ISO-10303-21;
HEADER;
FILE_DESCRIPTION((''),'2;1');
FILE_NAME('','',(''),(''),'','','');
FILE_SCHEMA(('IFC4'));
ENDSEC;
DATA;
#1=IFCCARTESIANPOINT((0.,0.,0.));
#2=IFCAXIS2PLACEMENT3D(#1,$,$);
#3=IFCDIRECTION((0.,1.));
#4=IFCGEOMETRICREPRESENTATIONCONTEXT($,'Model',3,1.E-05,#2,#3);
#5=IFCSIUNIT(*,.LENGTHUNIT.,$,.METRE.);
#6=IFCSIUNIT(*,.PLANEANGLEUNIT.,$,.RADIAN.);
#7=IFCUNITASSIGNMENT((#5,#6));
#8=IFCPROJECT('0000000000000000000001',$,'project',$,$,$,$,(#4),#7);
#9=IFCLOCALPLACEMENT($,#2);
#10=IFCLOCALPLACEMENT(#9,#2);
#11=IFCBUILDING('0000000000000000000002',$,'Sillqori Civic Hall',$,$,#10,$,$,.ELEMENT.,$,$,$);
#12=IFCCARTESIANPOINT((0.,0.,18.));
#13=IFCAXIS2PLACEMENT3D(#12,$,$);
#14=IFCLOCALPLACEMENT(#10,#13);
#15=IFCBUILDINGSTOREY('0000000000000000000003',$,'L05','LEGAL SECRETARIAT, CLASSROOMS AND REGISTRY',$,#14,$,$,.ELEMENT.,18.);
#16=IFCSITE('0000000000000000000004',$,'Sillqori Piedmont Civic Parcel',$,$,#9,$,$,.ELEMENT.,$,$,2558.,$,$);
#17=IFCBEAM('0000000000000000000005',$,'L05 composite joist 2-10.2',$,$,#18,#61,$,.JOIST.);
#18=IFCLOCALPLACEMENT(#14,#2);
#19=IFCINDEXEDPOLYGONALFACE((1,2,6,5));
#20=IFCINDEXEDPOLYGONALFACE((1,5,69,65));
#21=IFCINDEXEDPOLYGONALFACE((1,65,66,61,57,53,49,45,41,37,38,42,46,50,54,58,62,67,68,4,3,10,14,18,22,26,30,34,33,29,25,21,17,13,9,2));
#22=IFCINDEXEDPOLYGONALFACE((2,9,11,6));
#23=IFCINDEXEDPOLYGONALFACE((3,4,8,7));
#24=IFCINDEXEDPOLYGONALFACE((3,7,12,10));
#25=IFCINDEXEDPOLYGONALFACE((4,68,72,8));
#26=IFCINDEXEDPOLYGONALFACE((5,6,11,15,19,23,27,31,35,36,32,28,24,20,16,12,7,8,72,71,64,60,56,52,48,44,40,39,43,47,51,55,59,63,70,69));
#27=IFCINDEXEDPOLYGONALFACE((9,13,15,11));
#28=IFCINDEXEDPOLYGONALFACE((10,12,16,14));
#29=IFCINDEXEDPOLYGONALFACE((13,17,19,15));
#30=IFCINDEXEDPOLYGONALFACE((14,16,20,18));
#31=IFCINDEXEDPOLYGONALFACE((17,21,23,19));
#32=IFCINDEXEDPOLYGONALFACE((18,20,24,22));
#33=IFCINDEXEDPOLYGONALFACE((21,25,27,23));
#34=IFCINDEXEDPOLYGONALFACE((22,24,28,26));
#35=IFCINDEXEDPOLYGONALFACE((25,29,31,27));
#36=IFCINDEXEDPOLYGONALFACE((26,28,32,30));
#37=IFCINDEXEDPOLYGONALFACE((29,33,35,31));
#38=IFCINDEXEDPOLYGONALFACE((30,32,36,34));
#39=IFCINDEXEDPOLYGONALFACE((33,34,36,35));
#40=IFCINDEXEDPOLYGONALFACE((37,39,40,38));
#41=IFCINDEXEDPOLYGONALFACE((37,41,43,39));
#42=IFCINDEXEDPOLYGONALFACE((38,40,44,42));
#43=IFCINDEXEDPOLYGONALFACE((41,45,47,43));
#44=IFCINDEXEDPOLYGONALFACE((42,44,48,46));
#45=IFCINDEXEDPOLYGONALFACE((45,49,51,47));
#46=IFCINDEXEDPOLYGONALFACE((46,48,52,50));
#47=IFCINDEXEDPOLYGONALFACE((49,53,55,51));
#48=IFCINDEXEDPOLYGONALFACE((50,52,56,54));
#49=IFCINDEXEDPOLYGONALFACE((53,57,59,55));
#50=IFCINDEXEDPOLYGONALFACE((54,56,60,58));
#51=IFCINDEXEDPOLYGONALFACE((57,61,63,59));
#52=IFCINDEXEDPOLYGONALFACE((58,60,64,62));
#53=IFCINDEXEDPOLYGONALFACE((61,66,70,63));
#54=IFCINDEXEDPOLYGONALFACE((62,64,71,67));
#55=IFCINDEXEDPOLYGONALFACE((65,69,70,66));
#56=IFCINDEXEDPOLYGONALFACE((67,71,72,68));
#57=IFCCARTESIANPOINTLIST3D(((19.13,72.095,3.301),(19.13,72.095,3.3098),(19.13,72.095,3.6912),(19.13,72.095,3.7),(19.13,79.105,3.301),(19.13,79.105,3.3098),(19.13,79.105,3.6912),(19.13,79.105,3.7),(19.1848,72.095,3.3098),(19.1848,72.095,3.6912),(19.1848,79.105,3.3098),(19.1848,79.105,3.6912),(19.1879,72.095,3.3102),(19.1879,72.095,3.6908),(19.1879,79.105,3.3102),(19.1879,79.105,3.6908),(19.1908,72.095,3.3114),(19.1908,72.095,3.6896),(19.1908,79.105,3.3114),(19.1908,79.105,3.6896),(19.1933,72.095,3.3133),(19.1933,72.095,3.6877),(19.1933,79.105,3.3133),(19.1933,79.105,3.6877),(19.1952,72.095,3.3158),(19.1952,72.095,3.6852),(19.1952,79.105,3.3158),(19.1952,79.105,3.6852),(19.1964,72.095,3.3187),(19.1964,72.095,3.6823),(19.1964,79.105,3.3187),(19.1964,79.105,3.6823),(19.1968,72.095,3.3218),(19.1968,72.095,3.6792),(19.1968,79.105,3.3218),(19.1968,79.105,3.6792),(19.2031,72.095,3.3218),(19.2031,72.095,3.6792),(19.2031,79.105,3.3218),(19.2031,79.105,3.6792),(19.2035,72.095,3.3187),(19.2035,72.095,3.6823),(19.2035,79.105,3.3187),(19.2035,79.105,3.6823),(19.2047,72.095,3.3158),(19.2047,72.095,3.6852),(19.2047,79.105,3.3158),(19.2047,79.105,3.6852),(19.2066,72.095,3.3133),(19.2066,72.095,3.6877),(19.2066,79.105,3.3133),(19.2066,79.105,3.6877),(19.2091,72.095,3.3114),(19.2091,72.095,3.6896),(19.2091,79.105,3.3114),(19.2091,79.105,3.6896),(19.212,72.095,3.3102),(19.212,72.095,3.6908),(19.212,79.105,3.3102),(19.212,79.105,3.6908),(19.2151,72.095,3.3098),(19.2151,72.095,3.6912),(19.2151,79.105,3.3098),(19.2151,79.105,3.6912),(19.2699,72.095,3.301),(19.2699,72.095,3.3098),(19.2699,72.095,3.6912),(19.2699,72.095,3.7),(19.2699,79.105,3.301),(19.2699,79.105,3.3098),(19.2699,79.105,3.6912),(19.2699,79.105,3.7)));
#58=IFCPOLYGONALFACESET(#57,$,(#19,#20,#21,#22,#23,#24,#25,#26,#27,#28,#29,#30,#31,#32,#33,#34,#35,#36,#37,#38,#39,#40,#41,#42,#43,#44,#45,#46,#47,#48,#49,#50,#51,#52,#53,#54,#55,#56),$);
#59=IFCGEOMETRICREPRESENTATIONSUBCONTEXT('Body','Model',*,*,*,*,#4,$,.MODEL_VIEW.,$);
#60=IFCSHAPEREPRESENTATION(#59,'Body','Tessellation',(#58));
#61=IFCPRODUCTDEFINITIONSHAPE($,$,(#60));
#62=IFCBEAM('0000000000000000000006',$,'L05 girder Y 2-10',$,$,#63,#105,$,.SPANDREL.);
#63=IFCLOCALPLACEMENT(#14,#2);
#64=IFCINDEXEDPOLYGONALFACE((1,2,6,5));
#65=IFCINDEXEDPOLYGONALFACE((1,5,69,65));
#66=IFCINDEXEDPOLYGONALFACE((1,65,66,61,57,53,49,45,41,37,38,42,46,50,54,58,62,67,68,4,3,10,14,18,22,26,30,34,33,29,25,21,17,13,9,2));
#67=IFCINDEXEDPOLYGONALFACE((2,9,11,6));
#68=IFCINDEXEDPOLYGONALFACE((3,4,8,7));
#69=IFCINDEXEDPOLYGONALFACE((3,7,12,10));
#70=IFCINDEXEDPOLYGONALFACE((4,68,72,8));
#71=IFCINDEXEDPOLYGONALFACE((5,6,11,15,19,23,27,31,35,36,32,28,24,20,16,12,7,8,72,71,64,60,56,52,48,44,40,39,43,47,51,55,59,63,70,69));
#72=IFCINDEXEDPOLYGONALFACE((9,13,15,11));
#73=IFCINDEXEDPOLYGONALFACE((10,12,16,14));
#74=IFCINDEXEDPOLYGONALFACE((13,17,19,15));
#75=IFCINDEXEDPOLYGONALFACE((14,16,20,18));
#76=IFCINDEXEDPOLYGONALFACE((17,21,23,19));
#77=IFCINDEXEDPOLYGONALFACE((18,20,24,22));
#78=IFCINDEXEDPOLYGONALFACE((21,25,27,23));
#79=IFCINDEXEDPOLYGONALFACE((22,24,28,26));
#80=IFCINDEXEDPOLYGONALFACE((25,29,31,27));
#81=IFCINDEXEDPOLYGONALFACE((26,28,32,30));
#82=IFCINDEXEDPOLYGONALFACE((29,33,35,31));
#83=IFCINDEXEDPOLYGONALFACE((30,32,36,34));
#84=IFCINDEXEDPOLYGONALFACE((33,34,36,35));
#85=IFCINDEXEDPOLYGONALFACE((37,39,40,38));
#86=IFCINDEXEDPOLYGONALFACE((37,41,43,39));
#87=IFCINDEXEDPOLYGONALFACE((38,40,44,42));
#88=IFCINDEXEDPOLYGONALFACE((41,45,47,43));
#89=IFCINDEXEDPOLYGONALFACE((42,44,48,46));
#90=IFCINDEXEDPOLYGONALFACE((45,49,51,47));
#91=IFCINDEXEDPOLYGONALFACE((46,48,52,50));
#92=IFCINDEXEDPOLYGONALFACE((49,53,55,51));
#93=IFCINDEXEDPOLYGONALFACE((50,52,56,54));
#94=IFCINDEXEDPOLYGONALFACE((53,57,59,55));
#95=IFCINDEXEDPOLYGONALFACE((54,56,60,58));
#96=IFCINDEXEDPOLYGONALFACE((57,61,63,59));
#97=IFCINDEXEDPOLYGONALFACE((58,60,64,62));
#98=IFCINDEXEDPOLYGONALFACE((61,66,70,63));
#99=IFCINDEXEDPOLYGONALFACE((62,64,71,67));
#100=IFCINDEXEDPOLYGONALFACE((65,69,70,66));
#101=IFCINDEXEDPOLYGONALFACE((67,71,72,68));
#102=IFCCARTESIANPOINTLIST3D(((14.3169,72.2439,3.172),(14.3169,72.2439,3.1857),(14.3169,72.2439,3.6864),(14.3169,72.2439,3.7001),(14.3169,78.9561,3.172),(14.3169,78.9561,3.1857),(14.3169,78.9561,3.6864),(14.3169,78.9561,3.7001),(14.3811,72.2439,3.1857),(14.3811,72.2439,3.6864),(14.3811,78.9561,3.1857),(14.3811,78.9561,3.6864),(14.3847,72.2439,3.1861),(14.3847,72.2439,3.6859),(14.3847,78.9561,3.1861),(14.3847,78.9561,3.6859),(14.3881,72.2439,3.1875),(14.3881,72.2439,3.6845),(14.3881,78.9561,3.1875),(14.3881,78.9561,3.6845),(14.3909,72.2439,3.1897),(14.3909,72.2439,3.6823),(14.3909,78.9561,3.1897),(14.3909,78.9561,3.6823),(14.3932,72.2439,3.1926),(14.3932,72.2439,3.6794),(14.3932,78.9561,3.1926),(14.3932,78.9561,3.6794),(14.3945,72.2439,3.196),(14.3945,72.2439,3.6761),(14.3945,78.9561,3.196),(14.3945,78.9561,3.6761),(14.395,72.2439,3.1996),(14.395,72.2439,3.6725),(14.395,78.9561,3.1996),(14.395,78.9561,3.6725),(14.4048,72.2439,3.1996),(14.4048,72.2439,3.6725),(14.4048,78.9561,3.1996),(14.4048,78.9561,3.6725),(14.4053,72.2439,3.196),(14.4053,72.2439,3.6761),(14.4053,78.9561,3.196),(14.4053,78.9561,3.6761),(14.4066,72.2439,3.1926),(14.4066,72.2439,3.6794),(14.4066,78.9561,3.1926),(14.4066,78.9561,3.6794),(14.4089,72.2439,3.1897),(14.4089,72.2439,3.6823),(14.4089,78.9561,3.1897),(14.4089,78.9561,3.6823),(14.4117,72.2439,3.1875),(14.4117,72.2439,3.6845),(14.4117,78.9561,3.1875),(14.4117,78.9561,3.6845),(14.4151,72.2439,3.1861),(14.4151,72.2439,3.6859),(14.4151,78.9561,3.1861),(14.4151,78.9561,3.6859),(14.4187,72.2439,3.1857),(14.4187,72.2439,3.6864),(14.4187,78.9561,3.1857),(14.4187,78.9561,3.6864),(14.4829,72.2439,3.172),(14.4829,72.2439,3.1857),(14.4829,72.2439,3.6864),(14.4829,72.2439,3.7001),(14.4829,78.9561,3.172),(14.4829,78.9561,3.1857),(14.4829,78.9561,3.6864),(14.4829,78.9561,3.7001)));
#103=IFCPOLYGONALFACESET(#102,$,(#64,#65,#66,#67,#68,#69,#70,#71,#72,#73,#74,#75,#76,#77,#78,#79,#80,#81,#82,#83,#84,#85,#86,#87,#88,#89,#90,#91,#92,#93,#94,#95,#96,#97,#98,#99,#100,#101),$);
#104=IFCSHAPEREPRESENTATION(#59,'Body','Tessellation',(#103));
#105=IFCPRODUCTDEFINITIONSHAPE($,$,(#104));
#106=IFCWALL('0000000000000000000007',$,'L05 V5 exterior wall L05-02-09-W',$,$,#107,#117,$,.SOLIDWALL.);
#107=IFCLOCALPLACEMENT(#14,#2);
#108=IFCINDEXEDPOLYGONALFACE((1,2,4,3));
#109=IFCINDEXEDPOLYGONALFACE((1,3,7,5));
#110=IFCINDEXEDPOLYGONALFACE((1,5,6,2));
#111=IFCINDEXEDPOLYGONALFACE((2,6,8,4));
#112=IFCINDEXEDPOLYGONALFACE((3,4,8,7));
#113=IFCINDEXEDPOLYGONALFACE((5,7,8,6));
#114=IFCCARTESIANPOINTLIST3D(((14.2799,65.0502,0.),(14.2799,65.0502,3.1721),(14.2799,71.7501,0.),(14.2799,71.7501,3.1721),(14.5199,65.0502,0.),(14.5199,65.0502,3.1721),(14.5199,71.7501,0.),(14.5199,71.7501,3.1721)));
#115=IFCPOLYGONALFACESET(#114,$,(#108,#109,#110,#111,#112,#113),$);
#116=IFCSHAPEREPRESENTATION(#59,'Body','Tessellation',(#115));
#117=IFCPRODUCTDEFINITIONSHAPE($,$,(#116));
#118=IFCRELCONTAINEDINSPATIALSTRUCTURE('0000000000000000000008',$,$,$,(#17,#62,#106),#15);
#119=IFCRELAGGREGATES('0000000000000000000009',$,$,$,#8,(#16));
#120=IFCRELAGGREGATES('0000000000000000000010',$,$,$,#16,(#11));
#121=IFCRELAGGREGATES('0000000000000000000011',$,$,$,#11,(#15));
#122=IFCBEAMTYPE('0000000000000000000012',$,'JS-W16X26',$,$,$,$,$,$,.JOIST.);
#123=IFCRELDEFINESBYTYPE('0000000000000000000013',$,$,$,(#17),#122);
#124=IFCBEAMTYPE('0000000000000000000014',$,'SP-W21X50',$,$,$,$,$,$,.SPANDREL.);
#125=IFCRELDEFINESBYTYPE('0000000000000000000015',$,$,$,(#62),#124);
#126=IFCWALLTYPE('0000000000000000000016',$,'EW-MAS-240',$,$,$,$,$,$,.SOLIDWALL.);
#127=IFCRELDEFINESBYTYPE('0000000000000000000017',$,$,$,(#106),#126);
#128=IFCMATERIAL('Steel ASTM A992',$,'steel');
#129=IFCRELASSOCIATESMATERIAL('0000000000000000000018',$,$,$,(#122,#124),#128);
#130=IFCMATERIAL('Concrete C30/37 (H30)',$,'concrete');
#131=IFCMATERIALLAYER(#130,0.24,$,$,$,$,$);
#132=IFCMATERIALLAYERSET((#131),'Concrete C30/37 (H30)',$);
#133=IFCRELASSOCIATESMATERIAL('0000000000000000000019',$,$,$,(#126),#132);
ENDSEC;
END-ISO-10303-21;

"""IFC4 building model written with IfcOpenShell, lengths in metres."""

from ifc_helpers import new_model, si_unit, direction, frame, frame_2d, origin, origin_2d, place, context, subcontext, project, spatial, rectangle, i_section, extrude, material, layer, layer_set, material_profile, profile_set, type_object, element, save


model = new_model("IFC4")

# Units and contexts
model_context = context("Model", 3, precision=1e-05, world=origin(), true_north=direction((0.0, 1.0)))
body_context = subcontext(model_context, "Body", "Model", "MODEL_VIEW")
ifc_project = project(units=[si_unit("LENGTHUNIT", "METRE"), si_unit("PLANEANGLEUNIT", "RADIAN")], contexts=[model_context])

# Site, building, storey
site_placement = place(None, origin())
site = spatial("IfcSite", under=ifc_project, at=site_placement, Name="Sillqori Piedmont Civic Parcel", CompositionType="ELEMENT", RefElevation=2558.0)
building_placement = place(site_placement, origin())
building = spatial("IfcBuilding", under=site, at=building_placement, Name="Sillqori Civic Hall", CompositionType="ELEMENT")
storey_placement = place(building_placement, frame((0.0, 0.0, 18.0)))
storey = spatial("IfcBuildingStorey", under=building, at=storey_placement, Name="L05", Description="LEGAL SECRETARIAT, CLASSROOMS AND REGISTRY", CompositionType="ELEMENT", Elevation=18.0)

# Shared definitions
ifc_material_1 = material(Name="Steel ASTM A992", Category="steel")

# Beams
ifc_material_profile_1 = material_profile(ifc_material_1, i_section(OverallWidth=0.1399, OverallDepth=0.3989, WebThickness=0.0063, FlangeThickness=0.0088, FilletRadius=0.012, at=origin_2d()), Name="W16X26")
ifc_profile_set_1 = profile_set([ifc_material_profile_1], Name="Steel ASTM A992")
beam_type_1 = type_object("IfcBeamType", Name="JS-W16X26", PredefinedType="JOIST", material=ifc_profile_set_1)
for number, where, z_axis, x_axis, name in (
    (1, (19.2, 72.095, 3.5005), (0.0, 1.0, 0.0), (-1.0, 0.0, 0.0), "L05 composite joist 2-10.2"),
):
    element("IfcBeam", number, at=place(storey_placement, frame(where, z_axis=z_axis, x_axis=x_axis)), inside=storey, type_object=beam_type_1, Name=name, PredefinedType="JOIST", context=body_context, shape_type="SweptSolid", body=[
        extrude(i_section(OverallWidth=0.1399, OverallDepth=0.3989, WebThickness=0.0063, FlangeThickness=0.0088, FilletRadius=0.012, at=origin_2d()), origin(), (0.0, 0.0, 1.0), 7.01),
    ])
ifc_material_profile_2 = material_profile(ifc_material_1, i_section(OverallWidth=0.166, OverallDepth=0.5281, WebThickness=0.0098, FlangeThickness=0.0137, FilletRadius=0.0139, at=origin_2d()), Name="W21X50")
ifc_profile_set_2 = profile_set([ifc_material_profile_2], Name="Steel ASTM A992")
beam_type_2 = type_object("IfcBeamType", Name="SP-W21X50", PredefinedType="SPANDREL", material=ifc_profile_set_2)
beam_1_placement = place(storey_placement, frame((14.3999, 72.2439, 3.436), z_axis=(0.0, 1.0, 0.0), x_axis=(-1.0, 0.0, 0.0)))
element("IfcBeam", 2, at=beam_1_placement, inside=storey, type_object=beam_type_2, Name="L05 girder Y 2-10", PredefinedType="SPANDREL", context=body_context, shape_type="SweptSolid", body=[
    extrude(i_section(OverallWidth=0.166, OverallDepth=0.5281, WebThickness=0.0098, FlangeThickness=0.0137, FilletRadius=0.0139, at=origin_2d()), origin(), (0.0, 0.0, 1.0), 6.7122),
])

# Wall
ifc_material_2 = material(Name="Concrete C30/37 (H30)", Category="concrete")
ifc_layer_1 = layer(ifc_material_2, 0.24)
ifc_layer_set_1 = layer_set([ifc_layer_1], Name="Concrete C30/37 (H30)")
wall_type = type_object("IfcWallType", Name="EW-MAS-240", PredefinedType="SOLIDWALL", material=ifc_layer_set_1)
wall_placement = place(storey_placement, frame((14.3999, 65.05, 0.0), z_axis=(0.0, 0.0, 1.0), x_axis=(0.0, 1.0, 0.0)))
element("IfcWall", 3, at=wall_placement, inside=storey, type_object=wall_type, Name="L05 V5 exterior wall L05-02-09-W", PredefinedType="SOLIDWALL", context=body_context, shape_type="SweptSolid", body=[
    extrude(rectangle(XDim=6.7, YDim=0.24, at=frame_2d((3.3501, 0.0))), origin(), (0.0, 0.0, 1.0), 3.1721),
])

save(model, "model.ifc")
